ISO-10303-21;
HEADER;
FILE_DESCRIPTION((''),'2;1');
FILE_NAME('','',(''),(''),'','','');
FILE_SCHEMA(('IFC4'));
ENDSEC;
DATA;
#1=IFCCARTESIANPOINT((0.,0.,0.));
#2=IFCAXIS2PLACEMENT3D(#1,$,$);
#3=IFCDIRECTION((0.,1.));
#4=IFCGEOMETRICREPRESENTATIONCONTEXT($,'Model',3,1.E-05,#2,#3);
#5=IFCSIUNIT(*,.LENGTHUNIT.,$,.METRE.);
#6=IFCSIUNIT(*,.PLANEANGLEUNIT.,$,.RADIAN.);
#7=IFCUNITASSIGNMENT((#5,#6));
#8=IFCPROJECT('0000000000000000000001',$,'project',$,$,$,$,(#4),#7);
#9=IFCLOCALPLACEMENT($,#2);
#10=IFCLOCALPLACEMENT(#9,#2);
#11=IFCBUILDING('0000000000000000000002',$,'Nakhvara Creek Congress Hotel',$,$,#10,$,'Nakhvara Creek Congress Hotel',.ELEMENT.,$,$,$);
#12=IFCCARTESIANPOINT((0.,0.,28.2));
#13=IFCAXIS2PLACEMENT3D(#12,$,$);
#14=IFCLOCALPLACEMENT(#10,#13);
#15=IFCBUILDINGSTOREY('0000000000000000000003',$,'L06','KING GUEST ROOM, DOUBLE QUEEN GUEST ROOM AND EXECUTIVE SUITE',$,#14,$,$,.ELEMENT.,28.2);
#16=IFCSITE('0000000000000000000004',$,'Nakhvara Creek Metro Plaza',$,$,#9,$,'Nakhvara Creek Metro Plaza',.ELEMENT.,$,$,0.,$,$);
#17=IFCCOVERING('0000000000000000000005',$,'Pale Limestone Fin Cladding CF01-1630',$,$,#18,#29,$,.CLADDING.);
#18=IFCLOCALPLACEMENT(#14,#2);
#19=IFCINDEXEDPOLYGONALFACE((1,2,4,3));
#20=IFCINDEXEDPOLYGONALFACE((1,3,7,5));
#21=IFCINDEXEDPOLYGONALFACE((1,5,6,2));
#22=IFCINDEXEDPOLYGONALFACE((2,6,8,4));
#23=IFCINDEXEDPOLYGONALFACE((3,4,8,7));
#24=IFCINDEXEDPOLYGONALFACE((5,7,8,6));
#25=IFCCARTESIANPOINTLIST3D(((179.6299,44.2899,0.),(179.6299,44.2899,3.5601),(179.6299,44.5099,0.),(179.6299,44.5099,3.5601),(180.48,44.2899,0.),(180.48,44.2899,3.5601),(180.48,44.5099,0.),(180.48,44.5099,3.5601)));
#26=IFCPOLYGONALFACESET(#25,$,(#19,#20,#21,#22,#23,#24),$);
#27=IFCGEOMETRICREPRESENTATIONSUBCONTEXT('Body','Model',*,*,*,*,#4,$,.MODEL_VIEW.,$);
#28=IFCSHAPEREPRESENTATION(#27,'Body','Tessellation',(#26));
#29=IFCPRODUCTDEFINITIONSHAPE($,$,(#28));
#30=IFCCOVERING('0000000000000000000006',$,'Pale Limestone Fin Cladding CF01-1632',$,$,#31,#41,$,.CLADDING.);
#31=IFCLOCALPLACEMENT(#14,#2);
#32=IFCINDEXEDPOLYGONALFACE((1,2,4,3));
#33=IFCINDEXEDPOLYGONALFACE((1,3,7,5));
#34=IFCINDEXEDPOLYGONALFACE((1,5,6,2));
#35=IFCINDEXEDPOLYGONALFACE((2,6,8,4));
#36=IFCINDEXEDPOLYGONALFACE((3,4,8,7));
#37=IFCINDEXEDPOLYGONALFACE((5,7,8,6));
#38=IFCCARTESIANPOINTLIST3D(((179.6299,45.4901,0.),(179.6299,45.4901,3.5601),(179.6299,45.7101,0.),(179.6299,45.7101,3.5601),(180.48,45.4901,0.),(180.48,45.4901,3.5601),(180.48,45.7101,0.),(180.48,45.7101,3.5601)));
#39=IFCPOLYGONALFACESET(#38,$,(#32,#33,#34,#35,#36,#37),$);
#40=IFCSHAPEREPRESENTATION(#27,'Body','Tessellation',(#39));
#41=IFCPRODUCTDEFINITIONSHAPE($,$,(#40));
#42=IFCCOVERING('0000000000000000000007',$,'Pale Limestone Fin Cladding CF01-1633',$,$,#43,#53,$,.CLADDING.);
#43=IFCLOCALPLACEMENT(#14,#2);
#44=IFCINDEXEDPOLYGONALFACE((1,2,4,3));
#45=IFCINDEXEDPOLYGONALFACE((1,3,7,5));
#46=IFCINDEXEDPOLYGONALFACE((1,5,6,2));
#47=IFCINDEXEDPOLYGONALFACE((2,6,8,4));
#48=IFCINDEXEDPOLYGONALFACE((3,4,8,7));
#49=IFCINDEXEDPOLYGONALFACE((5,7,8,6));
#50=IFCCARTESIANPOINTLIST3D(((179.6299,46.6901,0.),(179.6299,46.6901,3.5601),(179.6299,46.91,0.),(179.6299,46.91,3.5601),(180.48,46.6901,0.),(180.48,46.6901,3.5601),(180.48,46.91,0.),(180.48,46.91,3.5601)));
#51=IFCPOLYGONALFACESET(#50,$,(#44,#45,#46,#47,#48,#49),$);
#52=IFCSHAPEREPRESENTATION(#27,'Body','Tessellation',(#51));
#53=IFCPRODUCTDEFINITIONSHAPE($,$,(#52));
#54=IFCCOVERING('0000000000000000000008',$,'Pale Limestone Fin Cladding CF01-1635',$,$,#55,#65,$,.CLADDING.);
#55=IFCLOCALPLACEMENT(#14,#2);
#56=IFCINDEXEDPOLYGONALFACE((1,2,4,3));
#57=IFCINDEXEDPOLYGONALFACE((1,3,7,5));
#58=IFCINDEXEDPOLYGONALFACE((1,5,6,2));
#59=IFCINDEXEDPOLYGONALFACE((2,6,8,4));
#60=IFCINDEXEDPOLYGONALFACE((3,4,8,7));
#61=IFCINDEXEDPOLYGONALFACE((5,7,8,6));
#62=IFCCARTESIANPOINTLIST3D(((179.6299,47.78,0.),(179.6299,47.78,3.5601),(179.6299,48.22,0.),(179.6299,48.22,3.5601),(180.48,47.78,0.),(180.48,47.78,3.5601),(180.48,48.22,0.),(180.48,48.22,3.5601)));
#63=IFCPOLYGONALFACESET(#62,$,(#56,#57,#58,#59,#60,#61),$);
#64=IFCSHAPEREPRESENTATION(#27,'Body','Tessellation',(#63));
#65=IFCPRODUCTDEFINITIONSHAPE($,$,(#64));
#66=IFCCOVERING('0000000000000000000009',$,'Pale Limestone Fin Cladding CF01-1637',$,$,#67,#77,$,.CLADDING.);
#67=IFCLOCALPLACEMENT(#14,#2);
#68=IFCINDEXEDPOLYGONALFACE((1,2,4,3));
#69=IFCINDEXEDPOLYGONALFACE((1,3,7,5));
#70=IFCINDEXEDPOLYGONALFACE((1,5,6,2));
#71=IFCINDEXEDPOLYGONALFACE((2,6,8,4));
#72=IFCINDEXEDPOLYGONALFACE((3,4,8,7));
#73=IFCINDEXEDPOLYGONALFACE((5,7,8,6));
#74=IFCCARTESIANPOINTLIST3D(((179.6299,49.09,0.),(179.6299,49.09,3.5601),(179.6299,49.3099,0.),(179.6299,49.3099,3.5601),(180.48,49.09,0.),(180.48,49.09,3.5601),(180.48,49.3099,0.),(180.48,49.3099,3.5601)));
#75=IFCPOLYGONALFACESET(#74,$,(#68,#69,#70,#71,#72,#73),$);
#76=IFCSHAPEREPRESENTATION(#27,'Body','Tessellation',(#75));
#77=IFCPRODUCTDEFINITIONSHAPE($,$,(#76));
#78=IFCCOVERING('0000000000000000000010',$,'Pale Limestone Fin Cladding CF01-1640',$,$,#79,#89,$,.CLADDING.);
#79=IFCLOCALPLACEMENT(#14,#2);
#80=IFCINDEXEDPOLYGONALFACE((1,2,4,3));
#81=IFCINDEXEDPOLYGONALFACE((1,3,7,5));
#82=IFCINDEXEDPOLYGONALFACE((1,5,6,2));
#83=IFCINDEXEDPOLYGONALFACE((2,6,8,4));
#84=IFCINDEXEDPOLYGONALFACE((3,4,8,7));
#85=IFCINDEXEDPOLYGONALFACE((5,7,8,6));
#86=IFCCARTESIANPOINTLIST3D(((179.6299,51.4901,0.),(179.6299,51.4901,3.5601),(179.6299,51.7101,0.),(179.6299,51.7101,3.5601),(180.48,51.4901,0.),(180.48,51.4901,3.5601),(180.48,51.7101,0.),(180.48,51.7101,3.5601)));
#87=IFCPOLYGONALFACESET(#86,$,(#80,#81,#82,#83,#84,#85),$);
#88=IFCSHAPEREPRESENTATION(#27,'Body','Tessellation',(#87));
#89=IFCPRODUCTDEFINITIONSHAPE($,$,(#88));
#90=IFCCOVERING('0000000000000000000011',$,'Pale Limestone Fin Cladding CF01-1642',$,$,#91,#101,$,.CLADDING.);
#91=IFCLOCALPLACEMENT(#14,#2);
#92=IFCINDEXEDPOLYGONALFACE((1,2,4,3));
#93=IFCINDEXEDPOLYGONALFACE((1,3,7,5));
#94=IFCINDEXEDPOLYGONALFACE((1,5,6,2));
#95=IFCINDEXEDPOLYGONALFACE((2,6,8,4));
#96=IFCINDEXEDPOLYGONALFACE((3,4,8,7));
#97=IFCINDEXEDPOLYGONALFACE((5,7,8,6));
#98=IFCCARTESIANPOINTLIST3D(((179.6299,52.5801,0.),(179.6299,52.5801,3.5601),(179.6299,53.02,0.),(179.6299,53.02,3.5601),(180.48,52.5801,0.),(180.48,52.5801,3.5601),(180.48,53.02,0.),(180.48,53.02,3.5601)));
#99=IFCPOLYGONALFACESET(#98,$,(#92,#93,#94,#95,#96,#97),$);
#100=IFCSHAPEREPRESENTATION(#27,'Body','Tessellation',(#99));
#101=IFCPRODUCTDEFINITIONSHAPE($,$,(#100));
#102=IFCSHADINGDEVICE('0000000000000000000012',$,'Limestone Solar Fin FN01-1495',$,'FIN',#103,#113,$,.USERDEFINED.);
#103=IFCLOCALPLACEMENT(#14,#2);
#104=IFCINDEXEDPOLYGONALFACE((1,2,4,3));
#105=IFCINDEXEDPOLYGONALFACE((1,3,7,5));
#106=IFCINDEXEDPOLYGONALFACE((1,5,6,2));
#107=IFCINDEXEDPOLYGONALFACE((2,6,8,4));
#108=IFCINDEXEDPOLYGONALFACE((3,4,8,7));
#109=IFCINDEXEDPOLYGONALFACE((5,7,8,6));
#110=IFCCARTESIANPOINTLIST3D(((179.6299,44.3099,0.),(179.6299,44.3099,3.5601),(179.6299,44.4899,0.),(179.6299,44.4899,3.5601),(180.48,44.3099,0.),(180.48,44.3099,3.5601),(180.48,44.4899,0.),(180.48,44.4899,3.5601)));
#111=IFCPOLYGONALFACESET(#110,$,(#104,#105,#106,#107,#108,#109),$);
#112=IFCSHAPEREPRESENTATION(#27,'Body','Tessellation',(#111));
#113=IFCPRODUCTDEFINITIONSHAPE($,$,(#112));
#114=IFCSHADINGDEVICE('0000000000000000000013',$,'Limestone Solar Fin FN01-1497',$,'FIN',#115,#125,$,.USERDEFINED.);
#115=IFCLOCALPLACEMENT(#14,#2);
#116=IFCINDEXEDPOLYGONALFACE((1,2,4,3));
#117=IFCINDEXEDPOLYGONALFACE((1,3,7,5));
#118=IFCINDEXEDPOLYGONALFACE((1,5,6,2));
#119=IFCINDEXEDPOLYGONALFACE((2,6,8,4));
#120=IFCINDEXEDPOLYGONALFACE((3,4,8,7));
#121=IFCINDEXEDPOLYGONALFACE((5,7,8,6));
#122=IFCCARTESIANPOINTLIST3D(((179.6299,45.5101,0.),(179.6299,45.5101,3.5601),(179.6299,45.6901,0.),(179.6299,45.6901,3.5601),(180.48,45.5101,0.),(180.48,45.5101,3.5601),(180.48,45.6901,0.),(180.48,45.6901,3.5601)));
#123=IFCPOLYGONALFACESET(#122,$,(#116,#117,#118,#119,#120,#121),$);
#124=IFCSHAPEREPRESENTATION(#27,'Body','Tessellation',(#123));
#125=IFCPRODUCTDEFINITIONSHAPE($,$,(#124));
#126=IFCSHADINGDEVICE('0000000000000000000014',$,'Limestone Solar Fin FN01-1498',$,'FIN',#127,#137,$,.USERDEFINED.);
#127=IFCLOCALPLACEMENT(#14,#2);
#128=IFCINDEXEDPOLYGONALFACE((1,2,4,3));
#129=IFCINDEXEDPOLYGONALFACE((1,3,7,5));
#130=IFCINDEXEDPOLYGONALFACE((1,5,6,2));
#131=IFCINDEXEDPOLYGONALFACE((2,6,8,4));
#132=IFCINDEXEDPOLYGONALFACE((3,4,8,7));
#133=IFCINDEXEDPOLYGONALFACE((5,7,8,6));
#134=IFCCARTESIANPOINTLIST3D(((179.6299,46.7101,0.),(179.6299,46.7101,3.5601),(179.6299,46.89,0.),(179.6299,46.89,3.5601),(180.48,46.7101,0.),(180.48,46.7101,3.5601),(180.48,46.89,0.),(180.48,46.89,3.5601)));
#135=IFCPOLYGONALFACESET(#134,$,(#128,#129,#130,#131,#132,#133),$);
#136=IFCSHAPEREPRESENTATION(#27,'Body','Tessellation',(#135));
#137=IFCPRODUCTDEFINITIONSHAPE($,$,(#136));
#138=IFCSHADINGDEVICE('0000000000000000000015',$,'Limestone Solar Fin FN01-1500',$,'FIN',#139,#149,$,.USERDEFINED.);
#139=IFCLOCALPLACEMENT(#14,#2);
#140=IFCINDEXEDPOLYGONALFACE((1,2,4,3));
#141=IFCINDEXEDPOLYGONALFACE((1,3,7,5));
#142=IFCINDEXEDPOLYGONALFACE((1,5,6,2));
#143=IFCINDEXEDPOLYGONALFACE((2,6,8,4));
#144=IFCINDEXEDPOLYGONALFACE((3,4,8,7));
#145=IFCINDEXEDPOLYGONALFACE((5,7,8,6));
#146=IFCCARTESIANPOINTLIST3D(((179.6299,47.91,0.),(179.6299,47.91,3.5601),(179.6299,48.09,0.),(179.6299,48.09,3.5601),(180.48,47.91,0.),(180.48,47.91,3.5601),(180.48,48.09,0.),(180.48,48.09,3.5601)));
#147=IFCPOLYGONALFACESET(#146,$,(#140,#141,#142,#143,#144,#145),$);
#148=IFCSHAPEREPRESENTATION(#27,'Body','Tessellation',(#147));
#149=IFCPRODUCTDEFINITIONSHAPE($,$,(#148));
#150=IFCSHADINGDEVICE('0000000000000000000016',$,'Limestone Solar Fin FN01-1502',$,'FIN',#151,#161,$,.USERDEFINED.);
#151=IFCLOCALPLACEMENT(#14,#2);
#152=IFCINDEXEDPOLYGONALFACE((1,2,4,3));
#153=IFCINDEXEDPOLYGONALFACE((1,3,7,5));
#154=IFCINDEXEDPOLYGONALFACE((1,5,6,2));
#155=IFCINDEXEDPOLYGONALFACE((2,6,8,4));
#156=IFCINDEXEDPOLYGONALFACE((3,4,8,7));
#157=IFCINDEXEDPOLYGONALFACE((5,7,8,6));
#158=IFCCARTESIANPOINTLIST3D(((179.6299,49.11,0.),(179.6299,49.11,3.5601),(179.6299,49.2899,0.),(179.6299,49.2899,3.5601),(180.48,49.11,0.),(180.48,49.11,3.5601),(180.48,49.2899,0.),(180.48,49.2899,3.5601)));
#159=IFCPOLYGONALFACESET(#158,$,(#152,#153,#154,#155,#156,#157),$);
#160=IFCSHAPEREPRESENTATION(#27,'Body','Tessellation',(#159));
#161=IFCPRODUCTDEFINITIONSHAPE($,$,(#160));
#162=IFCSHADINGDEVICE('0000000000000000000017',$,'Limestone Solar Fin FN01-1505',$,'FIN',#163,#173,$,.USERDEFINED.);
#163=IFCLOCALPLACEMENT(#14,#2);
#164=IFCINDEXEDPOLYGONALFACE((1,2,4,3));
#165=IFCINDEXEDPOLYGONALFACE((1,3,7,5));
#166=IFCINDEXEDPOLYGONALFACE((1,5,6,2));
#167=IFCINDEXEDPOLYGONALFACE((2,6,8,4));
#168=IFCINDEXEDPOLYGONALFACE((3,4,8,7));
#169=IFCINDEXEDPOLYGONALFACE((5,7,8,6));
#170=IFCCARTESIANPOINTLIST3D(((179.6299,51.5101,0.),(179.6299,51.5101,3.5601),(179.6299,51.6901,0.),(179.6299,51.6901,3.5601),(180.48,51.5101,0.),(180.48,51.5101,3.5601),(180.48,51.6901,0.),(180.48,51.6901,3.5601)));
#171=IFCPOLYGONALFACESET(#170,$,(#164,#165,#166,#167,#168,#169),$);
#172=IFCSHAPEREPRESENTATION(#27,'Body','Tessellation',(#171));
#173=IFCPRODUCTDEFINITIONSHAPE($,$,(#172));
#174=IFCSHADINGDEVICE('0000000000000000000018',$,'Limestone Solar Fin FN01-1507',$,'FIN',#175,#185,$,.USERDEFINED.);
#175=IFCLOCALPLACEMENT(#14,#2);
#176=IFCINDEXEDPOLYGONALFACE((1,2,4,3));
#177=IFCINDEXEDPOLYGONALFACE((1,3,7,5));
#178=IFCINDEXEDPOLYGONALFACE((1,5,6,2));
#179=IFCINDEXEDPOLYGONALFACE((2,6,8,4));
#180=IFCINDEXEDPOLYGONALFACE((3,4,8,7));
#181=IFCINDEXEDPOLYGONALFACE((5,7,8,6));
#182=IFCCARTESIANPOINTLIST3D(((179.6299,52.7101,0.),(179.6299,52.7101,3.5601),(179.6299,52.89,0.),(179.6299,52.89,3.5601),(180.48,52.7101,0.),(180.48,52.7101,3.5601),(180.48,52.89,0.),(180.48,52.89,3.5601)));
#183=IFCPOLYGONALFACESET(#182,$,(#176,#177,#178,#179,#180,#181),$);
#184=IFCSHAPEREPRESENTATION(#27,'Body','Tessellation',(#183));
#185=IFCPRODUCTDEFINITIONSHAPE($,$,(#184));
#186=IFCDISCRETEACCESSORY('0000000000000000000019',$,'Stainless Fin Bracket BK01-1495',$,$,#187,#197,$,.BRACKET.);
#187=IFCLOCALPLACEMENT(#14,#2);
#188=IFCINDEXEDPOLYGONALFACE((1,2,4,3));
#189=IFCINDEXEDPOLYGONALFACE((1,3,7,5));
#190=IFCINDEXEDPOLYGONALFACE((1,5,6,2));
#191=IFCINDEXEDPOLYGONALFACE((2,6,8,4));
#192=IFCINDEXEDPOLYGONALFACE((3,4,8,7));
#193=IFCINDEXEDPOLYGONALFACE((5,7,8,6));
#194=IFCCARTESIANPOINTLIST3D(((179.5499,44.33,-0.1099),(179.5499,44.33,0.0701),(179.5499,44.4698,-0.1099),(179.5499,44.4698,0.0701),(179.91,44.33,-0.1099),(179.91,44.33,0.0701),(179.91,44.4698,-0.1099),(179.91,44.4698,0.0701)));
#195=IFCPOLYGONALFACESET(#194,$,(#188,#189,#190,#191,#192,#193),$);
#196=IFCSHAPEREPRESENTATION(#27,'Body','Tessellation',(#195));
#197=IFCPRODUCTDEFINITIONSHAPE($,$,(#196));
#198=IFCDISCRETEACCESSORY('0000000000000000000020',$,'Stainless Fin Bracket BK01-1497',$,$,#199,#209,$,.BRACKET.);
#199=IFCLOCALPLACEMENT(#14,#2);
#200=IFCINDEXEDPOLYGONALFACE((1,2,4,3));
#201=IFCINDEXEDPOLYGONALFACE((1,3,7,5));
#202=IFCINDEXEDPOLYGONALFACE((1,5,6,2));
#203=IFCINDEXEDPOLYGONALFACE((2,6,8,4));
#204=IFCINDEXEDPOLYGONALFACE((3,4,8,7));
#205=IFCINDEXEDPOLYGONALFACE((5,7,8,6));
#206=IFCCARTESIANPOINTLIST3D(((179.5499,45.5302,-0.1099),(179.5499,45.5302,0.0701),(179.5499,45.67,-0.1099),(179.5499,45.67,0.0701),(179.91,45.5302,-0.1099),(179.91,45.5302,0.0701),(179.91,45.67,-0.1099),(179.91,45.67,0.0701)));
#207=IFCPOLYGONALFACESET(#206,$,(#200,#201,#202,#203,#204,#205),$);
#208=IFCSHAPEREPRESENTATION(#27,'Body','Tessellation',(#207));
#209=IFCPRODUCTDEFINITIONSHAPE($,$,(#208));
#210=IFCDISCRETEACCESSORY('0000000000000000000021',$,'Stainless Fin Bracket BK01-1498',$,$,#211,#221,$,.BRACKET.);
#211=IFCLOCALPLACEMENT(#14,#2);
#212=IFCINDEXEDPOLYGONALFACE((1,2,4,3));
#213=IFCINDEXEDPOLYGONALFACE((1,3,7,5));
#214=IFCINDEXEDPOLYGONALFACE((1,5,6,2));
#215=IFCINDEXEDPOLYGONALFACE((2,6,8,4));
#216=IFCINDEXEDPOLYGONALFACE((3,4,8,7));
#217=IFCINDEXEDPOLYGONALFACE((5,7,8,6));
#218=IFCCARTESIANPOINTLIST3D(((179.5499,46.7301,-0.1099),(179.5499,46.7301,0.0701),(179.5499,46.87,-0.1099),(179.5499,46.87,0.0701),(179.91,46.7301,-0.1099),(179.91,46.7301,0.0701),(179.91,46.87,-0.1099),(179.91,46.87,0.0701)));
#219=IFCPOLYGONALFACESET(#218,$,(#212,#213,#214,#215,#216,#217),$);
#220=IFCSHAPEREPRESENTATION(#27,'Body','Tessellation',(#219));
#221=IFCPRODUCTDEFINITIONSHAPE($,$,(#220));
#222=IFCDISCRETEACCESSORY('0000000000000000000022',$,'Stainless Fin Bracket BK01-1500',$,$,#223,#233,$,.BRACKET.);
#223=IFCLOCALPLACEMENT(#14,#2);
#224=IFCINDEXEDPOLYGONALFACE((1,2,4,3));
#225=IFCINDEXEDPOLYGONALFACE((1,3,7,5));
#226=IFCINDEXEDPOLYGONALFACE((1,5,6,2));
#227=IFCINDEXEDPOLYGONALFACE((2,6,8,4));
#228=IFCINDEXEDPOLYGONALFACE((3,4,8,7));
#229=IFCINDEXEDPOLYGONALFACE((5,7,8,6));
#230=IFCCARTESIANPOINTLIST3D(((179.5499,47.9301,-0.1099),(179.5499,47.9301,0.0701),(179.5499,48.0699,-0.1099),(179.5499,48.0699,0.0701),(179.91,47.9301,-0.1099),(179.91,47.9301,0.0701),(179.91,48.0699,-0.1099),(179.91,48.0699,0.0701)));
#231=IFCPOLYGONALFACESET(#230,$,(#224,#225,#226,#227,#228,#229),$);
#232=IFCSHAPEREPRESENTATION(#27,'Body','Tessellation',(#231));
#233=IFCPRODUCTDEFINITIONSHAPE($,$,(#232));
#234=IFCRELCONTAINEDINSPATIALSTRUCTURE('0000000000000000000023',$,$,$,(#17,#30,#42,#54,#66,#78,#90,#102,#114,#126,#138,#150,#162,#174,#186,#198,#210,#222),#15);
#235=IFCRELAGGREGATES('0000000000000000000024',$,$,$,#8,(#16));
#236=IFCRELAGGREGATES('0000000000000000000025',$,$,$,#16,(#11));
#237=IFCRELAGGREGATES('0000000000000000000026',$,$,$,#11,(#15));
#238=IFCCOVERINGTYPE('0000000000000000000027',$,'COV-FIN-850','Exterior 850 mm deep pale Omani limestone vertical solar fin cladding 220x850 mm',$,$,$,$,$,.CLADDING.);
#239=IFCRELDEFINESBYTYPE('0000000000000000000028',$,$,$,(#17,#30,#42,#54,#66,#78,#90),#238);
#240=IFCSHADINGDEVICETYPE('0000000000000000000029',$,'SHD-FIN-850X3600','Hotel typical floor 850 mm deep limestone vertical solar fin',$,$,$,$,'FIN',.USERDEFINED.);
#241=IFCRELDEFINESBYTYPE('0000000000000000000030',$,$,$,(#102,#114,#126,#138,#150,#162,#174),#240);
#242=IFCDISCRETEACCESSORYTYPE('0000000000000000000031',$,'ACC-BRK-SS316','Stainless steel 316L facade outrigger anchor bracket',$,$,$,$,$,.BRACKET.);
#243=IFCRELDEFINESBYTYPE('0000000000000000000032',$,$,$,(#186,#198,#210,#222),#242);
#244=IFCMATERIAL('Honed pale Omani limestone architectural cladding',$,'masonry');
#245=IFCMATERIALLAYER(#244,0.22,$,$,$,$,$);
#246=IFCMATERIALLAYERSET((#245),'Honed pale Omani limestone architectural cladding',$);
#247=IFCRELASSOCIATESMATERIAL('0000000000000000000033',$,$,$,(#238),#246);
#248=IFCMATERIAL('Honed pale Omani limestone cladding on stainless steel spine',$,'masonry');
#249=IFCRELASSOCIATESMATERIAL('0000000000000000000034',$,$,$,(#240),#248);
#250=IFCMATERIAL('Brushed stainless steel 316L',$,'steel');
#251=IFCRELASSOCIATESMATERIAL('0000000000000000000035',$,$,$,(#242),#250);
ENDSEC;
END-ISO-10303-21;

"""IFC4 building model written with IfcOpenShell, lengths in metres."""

from ifc_helpers import new_model, si_unit, direction, frame, origin, origin_2d, place, context, subcontext, project, spatial, rectangle, extrude, material, layer, layer_set, type_object, element, save


model = new_model("IFC4")

# Units and contexts
model_context = context("Model", 3, precision=1e-05, world=origin(), true_north=direction((0.0, 1.0)))
body_context = subcontext(model_context, "Body", "Model", "MODEL_VIEW")
ifc_project = project(units=[si_unit("LENGTHUNIT", "METRE"), si_unit("PLANEANGLEUNIT", "RADIAN")], contexts=[model_context])

# Site, building, storey
site_placement = place(None, origin())
site = spatial("IfcSite", under=ifc_project, at=site_placement, Name="Nakhvara Creek Metro Plaza", LongName="Nakhvara Creek Metro Plaza", CompositionType="ELEMENT", RefElevation=0.0)
building_placement = place(site_placement, origin())
building = spatial("IfcBuilding", under=site, at=building_placement, Name="Nakhvara Creek Congress Hotel", LongName="Nakhvara Creek Congress Hotel", CompositionType="ELEMENT")
storey_placement = place(building_placement, frame((0.0, 0.0, 28.2)))
storey = spatial("IfcBuildingStorey", under=building, at=storey_placement, Name="L06", Description="KING GUEST ROOM, DOUBLE QUEEN GUEST ROOM AND EXECUTIVE SUITE", CompositionType="ELEMENT", Elevation=28.2)

# Coverings
ifc_material_1 = material(Name="Honed pale Omani limestone architectural cladding", Category="masonry")
ifc_layer = layer(ifc_material_1, 0.22)
ifc_layer_set = layer_set([ifc_layer], Name="Honed pale Omani limestone architectural cladding")
covering_type = type_object("IfcCoveringType", Name="COV-FIN-850", Description="Exterior 850 mm deep pale Omani limestone vertical solar fin cladding 220x850 mm", PredefinedType="CLADDING", material=ifc_layer_set)
for number, where, z_axis, x_axis, name in (
    (1, (180.0549, 44.3999, 0.0), (0.0, 0.0, 1.0), (0.0, 1.0, 0.0), "Pale Limestone Fin Cladding CF01-1630"),
    (2, (180.0549, 45.6001, 0.0), (0.0, 0.0, 1.0), (0.0, 1.0, 0.0), "Pale Limestone Fin Cladding CF01-1632"),
    (3, (180.0549, 46.8, 0.0), (0.0, 0.0, 1.0), (0.0, 1.0, 0.0), "Pale Limestone Fin Cladding CF01-1633"),
):
    element("IfcCovering", number, at=place(storey_placement, frame(where, z_axis=z_axis, x_axis=x_axis)), inside=storey, type_object=covering_type, Name=name, PredefinedType="CLADDING", context=body_context, shape_type="SweptSolid", body=[
        extrude(rectangle(XDim=0.22, YDim=0.8501, at=origin_2d()), origin(), (0.0, 0.0, 1.0), 3.5601),
    ])
covering_1_placement = place(storey_placement, frame((180.0549, 48.0, 0.0), z_axis=(0.0, 0.0, 1.0), x_axis=(0.0, 1.0, 0.0)))
element("IfcCovering", 4, at=covering_1_placement, inside=storey, type_object=covering_type, Name="Pale Limestone Fin Cladding CF01-1635", PredefinedType="CLADDING", context=body_context, shape_type="SweptSolid", body=[
    extrude(rectangle(XDim=0.4399, YDim=0.8501, at=origin_2d()), origin(), (0.0, 0.0, 1.0), 3.5601),
])
for number, where, z_axis, x_axis, name in (
    (5, (180.0549, 49.2, 0.0), (0.0, 0.0, 1.0), (0.0, 1.0, 0.0), "Pale Limestone Fin Cladding CF01-1637"),
    (6, (180.0549, 51.6001, 0.0), (0.0, 0.0, 1.0), (0.0, 1.0, 0.0), "Pale Limestone Fin Cladding CF01-1640"),
):
    element("IfcCovering", number, at=place(storey_placement, frame(where, z_axis=z_axis, x_axis=x_axis)), inside=storey, type_object=covering_type, Name=name, PredefinedType="CLADDING", context=body_context, shape_type="SweptSolid", body=[
        extrude(rectangle(XDim=0.22, YDim=0.8501, at=origin_2d()), origin(), (0.0, 0.0, 1.0), 3.5601),
    ])
covering_2_placement = place(storey_placement, frame((180.0549, 52.8, 0.0), z_axis=(0.0, 0.0, 1.0), x_axis=(0.0, 1.0, 0.0)))
element("IfcCovering", 7, at=covering_2_placement, inside=storey, type_object=covering_type, Name="Pale Limestone Fin Cladding CF01-1642", PredefinedType="CLADDING", context=body_context, shape_type="SweptSolid", body=[
    extrude(rectangle(XDim=0.4399, YDim=0.8501, at=origin_2d()), origin(), (0.0, 0.0, 1.0), 3.5601),
])

# Shading devices
ifc_material_2 = material(Name="Honed pale Omani limestone cladding on stainless steel spine", Category="masonry")
shading_device_type = type_object("IfcShadingDeviceType", Name="SHD-FIN-850X3600", Description="Hotel typical floor 850 mm deep limestone vertical solar fin", ElementType="FIN", PredefinedType="USERDEFINED", material=ifc_material_2)
for number, where, z_axis, x_axis, name in (
    (8, (180.0549, 44.3999, 0.0), (0.0, 0.0, 1.0), (0.0, 1.0, 0.0), "Limestone Solar Fin FN01-1495"),
    (9, (180.0549, 45.6001, 0.0), (0.0, 0.0, 1.0), (0.0, 1.0, 0.0), "Limestone Solar Fin FN01-1497"),
    (10, (180.0549, 46.8, 0.0), (0.0, 0.0, 1.0), (0.0, 1.0, 0.0), "Limestone Solar Fin FN01-1498"),
    (11, (180.0549, 48.0, 0.0), (0.0, 0.0, 1.0), (0.0, 1.0, 0.0), "Limestone Solar Fin FN01-1500"),
    (12, (180.0549, 49.2, 0.0), (0.0, 0.0, 1.0), (0.0, 1.0, 0.0), "Limestone Solar Fin FN01-1502"),
    (13, (180.0549, 51.6001, 0.0), (0.0, 0.0, 1.0), (0.0, 1.0, 0.0), "Limestone Solar Fin FN01-1505"),
    (14, (180.0549, 52.8, 0.0), (0.0, 0.0, 1.0), (0.0, 1.0, 0.0), "Limestone Solar Fin FN01-1507"),
):
    element("IfcShadingDevice", number, at=place(storey_placement, frame(where, z_axis=z_axis, x_axis=x_axis)), inside=storey, type_object=shading_device_type, Name=name, ObjectType="FIN", PredefinedType="USERDEFINED", context=body_context, shape_type="SweptSolid", body=[
        extrude(rectangle(XDim=0.1799, YDim=0.8501, at=origin_2d()), origin(), (0.0, 0.0, 1.0), 3.5601),
    ])

# Discrete accessories
ifc_material_3 = material(Name="Brushed stainless steel 316L", Category="steel")
discrete_accessory_type = type_object("IfcDiscreteAccessoryType", Name="ACC-BRK-SS316", Description="Stainless steel 316L facade outrigger anchor bracket", PredefinedType="BRACKET", material=ifc_material_3)
for number, where, z_axis, x_axis, name in (
    (15, (179.73, 44.3999, -0.1099), (0.0, 0.0, 1.0), (0.0, 1.0, 0.0), "Stainless Fin Bracket BK01-1495"),
    (16, (179.73, 45.6001, -0.1099), (0.0, 0.0, 1.0), (0.0, 1.0, 0.0), "Stainless Fin Bracket BK01-1497"),
    (17, (179.73, 46.8, -0.1099), (0.0, 0.0, 1.0), (0.0, 1.0, 0.0), "Stainless Fin Bracket BK01-1498"),
    (18, (179.73, 48.0, -0.1099), (0.0, 0.0, 1.0), (0.0, 1.0, 0.0), "Stainless Fin Bracket BK01-1500"),
):
    element("IfcDiscreteAccessory", number, at=place(storey_placement, frame(where, z_axis=z_axis, x_axis=x_axis)), inside=storey, type_object=discrete_accessory_type, Name=name, PredefinedType="BRACKET", context=body_context, shape_type="SweptSolid", body=[
        extrude(rectangle(XDim=0.1399, YDim=0.3601, at=origin_2d()), origin(), (0.0, 0.0, 1.0), 0.1799),
    ])

save(model, "model.ifc")
